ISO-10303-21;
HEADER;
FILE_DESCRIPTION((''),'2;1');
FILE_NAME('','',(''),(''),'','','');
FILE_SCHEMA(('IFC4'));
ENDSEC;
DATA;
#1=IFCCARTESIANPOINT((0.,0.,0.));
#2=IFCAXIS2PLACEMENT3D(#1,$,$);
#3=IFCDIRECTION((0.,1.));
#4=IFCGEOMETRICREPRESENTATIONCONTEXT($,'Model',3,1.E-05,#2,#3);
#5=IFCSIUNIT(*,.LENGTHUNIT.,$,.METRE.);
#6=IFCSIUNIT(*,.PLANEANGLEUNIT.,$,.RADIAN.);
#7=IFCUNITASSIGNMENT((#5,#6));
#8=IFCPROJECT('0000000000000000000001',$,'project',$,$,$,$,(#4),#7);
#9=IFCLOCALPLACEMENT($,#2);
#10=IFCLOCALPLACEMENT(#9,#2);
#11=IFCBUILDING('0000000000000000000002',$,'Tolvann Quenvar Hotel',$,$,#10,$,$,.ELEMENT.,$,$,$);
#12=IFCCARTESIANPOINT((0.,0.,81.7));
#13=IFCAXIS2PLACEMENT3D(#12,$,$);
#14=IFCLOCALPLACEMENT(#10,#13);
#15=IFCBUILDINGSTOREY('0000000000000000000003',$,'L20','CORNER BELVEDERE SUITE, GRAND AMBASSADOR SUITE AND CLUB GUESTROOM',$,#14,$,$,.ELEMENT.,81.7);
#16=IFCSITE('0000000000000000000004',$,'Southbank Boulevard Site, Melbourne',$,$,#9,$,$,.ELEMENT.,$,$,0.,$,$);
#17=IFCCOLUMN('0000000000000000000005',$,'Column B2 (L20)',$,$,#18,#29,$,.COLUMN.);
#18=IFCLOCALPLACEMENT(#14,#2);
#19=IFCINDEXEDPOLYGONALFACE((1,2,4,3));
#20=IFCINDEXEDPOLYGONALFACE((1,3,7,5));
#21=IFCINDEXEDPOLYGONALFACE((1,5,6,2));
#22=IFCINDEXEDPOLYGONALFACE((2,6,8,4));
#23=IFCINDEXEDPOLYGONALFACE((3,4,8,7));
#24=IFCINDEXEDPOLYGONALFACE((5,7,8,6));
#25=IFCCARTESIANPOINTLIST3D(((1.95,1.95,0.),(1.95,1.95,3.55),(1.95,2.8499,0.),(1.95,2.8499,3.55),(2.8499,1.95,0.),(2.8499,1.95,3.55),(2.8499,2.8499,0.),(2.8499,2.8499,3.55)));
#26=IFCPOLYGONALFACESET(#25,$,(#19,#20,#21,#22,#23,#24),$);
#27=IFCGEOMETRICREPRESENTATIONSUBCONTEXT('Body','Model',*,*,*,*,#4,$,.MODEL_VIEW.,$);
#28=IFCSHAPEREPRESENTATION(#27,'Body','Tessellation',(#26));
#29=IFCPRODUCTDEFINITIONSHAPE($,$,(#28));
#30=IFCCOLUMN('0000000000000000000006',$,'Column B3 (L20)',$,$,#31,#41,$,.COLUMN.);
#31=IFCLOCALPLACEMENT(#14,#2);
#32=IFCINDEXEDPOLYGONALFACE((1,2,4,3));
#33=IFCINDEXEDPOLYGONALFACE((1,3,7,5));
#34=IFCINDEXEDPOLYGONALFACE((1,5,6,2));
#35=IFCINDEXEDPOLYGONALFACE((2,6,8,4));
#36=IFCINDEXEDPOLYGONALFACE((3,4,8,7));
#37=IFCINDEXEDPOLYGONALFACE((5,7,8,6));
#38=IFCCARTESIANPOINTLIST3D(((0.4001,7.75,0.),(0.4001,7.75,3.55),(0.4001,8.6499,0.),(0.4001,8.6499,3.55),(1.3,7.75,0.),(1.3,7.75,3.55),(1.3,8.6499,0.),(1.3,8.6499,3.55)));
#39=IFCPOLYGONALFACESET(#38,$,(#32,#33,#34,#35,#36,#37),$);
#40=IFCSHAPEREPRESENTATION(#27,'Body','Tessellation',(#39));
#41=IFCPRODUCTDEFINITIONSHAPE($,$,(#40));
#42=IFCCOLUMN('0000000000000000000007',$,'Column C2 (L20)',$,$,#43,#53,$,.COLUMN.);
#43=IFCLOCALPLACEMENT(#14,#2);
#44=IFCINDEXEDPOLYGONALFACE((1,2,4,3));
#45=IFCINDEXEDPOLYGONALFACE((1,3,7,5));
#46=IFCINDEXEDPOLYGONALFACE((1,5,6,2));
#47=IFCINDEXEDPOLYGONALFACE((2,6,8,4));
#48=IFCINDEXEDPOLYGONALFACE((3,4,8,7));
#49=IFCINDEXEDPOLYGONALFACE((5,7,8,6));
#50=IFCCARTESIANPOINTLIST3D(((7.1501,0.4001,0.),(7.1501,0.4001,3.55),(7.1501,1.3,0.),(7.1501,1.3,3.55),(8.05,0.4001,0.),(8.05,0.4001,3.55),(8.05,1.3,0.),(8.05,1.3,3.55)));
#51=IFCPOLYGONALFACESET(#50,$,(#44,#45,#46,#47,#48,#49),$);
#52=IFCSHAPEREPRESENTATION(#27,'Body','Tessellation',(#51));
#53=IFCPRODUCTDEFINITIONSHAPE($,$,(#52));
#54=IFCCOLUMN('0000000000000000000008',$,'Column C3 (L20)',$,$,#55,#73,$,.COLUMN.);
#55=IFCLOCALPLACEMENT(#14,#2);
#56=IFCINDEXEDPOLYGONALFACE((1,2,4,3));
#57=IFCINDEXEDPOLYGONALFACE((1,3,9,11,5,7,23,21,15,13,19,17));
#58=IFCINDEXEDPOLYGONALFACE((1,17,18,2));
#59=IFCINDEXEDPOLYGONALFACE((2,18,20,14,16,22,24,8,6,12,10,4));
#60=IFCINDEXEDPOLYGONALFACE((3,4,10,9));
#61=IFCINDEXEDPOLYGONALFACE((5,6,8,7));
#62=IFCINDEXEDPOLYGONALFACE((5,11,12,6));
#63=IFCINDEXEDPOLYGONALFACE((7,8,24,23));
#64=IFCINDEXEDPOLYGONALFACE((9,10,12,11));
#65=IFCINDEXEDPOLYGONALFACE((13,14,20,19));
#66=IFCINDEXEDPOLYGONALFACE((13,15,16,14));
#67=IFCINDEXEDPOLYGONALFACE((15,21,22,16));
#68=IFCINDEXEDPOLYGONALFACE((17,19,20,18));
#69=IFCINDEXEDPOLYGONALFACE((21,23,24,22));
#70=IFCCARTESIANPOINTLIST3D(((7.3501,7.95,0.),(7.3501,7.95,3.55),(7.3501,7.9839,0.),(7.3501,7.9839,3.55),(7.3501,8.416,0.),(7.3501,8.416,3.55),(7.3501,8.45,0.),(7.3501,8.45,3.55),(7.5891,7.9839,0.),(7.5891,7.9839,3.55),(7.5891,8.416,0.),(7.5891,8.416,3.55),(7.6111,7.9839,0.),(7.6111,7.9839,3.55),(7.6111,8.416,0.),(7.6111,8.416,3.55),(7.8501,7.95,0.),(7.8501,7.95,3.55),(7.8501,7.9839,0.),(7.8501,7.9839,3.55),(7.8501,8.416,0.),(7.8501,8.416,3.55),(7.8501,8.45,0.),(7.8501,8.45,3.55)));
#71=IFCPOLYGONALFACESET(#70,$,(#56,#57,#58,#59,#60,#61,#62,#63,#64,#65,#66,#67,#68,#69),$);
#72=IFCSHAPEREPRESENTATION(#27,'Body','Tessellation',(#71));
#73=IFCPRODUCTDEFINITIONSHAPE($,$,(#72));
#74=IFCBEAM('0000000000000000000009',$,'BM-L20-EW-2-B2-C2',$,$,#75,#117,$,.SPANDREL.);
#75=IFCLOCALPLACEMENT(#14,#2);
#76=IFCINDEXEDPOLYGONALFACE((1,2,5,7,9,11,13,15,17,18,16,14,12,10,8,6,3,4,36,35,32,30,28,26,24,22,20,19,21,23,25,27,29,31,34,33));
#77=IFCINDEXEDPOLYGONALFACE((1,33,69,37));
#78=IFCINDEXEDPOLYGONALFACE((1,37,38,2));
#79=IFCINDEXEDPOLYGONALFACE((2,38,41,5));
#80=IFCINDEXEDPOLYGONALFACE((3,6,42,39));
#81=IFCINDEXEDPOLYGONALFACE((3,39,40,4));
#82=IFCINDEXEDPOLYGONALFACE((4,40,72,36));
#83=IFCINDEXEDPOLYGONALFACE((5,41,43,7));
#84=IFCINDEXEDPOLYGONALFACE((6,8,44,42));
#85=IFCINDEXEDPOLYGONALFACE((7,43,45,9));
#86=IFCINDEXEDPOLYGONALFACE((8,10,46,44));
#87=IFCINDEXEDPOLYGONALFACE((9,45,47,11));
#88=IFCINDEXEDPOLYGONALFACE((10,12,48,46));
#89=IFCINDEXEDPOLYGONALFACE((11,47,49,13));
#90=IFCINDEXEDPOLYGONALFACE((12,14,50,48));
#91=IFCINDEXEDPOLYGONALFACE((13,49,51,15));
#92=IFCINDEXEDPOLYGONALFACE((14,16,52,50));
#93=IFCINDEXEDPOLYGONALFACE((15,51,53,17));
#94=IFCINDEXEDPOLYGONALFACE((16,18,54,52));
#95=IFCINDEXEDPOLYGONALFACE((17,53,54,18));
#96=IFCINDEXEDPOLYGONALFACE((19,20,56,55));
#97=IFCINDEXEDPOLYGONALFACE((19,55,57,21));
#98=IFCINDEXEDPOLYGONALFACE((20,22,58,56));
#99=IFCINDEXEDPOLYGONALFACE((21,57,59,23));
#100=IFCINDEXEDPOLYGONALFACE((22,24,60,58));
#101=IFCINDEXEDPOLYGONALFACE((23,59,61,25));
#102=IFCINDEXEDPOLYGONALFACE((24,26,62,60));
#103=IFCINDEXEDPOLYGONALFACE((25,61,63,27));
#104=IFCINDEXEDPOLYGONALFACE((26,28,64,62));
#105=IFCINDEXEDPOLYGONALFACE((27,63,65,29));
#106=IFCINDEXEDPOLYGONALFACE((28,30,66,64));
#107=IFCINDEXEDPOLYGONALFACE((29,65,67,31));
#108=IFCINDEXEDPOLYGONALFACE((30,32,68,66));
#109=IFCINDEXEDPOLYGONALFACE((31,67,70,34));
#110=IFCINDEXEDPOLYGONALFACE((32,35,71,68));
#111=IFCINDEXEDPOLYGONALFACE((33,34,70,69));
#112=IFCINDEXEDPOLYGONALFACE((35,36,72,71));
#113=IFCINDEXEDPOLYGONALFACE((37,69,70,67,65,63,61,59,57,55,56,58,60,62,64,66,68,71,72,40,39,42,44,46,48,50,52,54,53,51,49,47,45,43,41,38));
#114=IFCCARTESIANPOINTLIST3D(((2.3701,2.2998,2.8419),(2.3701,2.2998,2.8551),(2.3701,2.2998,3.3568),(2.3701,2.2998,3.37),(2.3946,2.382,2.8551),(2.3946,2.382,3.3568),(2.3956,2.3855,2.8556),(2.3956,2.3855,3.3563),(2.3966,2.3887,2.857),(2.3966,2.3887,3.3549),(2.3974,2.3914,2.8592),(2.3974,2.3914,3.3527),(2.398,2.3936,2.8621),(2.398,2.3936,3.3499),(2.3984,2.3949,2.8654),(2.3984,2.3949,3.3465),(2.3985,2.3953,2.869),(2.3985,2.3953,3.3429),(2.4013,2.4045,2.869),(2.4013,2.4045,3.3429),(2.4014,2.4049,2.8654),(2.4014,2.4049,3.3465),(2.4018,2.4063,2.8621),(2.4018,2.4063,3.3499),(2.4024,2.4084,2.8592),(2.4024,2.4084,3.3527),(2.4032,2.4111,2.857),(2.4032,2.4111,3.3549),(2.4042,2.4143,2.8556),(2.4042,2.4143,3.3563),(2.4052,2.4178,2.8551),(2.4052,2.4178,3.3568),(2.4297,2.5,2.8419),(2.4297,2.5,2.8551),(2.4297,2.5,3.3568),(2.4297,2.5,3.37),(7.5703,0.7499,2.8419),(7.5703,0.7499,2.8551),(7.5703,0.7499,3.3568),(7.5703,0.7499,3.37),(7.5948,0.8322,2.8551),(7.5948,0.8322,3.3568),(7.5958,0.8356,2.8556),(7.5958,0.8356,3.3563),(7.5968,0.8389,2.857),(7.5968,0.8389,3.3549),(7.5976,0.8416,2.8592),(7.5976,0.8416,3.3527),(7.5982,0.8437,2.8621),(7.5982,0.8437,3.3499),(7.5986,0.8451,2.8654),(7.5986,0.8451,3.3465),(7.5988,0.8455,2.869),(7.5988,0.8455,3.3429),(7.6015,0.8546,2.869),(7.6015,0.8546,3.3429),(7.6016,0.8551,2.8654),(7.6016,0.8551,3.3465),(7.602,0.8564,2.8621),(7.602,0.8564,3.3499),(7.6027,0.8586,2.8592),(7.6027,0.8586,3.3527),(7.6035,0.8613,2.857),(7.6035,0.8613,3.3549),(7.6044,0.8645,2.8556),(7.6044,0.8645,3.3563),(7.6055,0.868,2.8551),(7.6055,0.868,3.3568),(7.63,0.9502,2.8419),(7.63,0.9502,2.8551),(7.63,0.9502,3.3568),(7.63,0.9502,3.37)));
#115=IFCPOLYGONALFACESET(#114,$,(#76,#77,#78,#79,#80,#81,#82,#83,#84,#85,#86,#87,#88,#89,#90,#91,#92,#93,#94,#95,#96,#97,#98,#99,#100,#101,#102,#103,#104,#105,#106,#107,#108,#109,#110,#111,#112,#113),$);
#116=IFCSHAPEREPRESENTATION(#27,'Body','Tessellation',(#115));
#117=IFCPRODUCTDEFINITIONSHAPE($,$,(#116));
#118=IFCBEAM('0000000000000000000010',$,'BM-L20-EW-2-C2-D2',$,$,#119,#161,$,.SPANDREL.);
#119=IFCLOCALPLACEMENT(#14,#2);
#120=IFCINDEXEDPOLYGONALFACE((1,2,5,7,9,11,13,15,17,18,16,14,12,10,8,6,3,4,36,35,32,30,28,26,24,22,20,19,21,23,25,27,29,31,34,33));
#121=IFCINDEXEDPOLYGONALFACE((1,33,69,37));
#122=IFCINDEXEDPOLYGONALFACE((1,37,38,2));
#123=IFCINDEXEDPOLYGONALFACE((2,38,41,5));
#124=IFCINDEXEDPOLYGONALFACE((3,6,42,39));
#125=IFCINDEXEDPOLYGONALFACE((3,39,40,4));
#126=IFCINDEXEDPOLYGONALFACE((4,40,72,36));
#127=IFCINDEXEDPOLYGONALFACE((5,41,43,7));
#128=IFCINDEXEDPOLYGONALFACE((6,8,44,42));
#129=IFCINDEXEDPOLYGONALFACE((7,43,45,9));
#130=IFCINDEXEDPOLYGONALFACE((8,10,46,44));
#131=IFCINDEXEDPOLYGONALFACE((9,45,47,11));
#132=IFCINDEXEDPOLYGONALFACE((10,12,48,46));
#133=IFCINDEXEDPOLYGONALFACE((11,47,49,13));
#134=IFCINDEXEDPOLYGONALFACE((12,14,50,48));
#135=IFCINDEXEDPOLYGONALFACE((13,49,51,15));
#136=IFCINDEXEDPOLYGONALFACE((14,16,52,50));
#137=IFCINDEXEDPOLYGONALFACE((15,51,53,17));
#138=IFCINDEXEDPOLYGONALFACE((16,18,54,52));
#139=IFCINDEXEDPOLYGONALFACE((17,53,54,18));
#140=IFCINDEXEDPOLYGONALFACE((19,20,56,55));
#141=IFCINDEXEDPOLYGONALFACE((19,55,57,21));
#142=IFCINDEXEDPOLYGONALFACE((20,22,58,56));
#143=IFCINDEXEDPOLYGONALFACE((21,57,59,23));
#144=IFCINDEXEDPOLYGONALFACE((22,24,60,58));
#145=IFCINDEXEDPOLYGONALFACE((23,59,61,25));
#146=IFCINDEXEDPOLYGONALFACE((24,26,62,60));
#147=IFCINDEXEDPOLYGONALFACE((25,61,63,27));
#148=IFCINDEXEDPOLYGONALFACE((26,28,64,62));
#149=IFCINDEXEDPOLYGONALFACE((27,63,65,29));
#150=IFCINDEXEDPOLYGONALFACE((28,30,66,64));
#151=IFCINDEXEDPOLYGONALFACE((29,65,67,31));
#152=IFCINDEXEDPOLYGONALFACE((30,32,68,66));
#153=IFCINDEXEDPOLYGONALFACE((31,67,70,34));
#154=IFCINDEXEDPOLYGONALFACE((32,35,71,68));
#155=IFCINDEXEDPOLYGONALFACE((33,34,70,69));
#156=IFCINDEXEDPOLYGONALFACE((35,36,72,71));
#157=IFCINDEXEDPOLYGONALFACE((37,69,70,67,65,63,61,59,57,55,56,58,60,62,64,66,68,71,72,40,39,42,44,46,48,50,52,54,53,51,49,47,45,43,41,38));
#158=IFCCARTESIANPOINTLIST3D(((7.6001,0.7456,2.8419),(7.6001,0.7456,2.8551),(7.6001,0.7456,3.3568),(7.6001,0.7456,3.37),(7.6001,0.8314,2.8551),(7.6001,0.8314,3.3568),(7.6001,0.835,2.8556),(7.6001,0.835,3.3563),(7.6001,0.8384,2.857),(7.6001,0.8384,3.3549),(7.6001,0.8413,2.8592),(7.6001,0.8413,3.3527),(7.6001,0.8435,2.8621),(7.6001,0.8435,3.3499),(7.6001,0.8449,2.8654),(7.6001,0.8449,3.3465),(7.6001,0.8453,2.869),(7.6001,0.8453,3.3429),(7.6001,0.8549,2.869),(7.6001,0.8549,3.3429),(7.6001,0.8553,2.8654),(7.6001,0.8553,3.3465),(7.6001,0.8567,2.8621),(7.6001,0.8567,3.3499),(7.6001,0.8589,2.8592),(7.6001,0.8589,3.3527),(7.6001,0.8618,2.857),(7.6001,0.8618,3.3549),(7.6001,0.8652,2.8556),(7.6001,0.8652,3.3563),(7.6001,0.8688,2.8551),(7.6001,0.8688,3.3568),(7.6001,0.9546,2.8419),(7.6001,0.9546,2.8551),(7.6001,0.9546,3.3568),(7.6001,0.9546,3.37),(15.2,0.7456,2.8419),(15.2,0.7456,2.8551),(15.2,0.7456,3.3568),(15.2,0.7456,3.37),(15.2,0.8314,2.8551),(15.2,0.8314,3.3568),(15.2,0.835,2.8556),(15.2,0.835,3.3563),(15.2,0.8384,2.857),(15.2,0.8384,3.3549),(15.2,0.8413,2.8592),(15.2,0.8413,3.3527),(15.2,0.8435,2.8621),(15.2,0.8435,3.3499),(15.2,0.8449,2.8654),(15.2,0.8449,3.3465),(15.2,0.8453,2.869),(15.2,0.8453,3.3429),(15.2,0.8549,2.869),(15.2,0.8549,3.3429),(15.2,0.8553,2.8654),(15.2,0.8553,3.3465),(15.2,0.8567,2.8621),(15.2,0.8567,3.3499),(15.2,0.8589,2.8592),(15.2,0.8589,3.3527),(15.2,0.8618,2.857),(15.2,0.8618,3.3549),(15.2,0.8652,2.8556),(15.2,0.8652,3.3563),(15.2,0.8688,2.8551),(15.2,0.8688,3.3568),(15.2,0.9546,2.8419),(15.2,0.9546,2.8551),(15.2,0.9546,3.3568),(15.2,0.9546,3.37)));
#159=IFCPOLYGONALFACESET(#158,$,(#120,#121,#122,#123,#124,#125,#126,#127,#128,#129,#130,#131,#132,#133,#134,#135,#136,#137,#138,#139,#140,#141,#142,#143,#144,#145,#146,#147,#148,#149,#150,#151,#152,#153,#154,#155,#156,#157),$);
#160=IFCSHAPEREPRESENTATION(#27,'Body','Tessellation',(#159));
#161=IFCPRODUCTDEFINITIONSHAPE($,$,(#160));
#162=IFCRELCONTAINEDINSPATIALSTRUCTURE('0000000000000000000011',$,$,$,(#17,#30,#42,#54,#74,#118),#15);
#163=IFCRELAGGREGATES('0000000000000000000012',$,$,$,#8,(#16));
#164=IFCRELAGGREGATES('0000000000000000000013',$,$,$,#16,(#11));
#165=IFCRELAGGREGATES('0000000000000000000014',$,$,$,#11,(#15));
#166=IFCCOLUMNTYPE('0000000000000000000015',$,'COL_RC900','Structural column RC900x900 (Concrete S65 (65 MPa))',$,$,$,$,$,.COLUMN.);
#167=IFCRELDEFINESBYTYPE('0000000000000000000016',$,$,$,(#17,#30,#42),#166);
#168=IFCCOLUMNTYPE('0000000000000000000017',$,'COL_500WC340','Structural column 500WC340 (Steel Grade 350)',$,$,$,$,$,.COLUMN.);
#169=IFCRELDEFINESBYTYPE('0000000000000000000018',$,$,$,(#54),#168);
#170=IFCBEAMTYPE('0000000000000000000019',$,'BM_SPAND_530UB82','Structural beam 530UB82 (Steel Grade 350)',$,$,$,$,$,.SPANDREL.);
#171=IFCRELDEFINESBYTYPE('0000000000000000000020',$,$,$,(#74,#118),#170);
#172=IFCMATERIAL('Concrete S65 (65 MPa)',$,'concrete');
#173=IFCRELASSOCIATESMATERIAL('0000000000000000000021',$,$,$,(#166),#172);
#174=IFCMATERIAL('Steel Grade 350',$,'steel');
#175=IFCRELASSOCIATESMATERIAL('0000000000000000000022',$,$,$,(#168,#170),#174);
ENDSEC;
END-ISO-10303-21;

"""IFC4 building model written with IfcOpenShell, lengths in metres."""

from ifc_helpers import new_model, si_unit, direction, frame, origin, origin_2d, place, context, subcontext, project, spatial, rectangle, i_section, extrude, source, transform, mapped, material, material_profile, profile_set, type_object, type_shapes, element, save


model = new_model("IFC4")

# Units and contexts
model_context = context("Model", 3, precision=1e-05, world=origin(), true_north=direction((0.0, 1.0)))
body_context = subcontext(model_context, "Body", "Model", "MODEL_VIEW")
ifc_project = project(units=[si_unit("LENGTHUNIT", "METRE"), si_unit("PLANEANGLEUNIT", "RADIAN")], contexts=[model_context])

# Site, building, storey
site_placement = place(None, origin())
site = spatial("IfcSite", under=ifc_project, at=site_placement, Name="Southbank Boulevard Site, Melbourne", CompositionType="ELEMENT", RefElevation=0.0)
building_placement = place(site_placement, origin())
building = spatial("IfcBuilding", under=site, at=building_placement, Name="Tolvann Quenvar Hotel", CompositionType="ELEMENT")
storey_placement = place(building_placement, frame((0.0, 0.0, 81.7)))
storey = spatial("IfcBuildingStorey", under=building, at=storey_placement, Name="L20", Description="CORNER BELVEDERE SUITE, GRAND AMBASSADOR SUITE AND CLUB GUESTROOM", CompositionType="ELEMENT", Elevation=81.7)

# Columns
ifc_material_1 = material(Name="Concrete S65 (65 MPa)", Category="concrete")
ifc_material_profile_1 = material_profile(ifc_material_1, rectangle(XDim=0.8999, YDim=0.8999, at=origin_2d()), Name="RC900x900")
ifc_profile_set_1 = profile_set([ifc_material_profile_1], Name="Concrete S65 (65 MPa)")
column_type_1 = type_object("IfcColumnType", Name="COL_RC900", Description="Structural column RC900x900 (Concrete S65 (65 MPa))", PredefinedType="COLUMN", material=ifc_profile_set_1)
shared_shape_1 = source(origin(), body_context, "Body", "SweptSolid", [
    extrude(rectangle(XDim=0.8999, YDim=0.8999, at=origin_2d()), origin(), (0.0, 0.0, 1.0), 3.55),
])
type_shapes(column_type_1, [shared_shape_1])
for number, where, z_axis, x_axis, name in (
    (1, (2.3999, 2.3999, 0.0), (0.0, 0.0, 1.0), (1.0, 0.0, 0.0), "Column B2 (L20)"),
    (2, (0.8501, 8.2, 0.0), (0.0, 0.0, 1.0), (1.0, 0.0, 0.0), "Column B3 (L20)"),
    (3, (7.6001, 0.8501, 0.0), (0.0, 0.0, 1.0), (1.0, 0.0, 0.0), "Column C2 (L20)"),
):
    element("IfcColumn", number, at=place(storey_placement, frame(where, z_axis=z_axis, x_axis=x_axis)), inside=storey, type_object=column_type_1, Name=name, PredefinedType="COLUMN", context=body_context, shape_type="MappedRepresentation", body=[
        mapped(shared_shape_1, transform((0.0, 0.0, 0.0), x_axis=(1.0, 0.0, 0.0), y_axis=(0.0, 1.0, 0.0), z_axis=(0.0, 0.0, 1.0), scale=1.0)),
    ])
ifc_material_2 = material(Name="Steel Grade 350", Category="steel")
ifc_material_profile_2 = material_profile(ifc_material_2, i_section(OverallWidth=0.5, OverallDepth=0.5, WebThickness=0.022, FlangeThickness=0.0339, at=origin_2d()), Name="500WC340")
ifc_profile_set_2 = profile_set([ifc_material_profile_2], Name="Steel Grade 350")
column_type_2 = type_object("IfcColumnType", Name="COL_500WC340", Description="Structural column 500WC340 (Steel Grade 350)", PredefinedType="COLUMN", material=ifc_profile_set_2)
shared_shape_2 = source(origin(), body_context, "Body", "SweptSolid", [
    extrude(i_section(OverallWidth=0.5, OverallDepth=0.5, WebThickness=0.022, FlangeThickness=0.0339, at=origin_2d()), origin(), (0.0, 0.0, 1.0), 3.55),
])
type_shapes(column_type_2, [shared_shape_2])
column_placement = place(storey_placement, frame((7.6001, 8.2, 0.0), z_axis=(0.0, 0.0, 1.0), x_axis=(1.0, 0.0, 0.0)))
element("IfcColumn", 4, at=column_placement, inside=storey, type_object=column_type_2, Name="Column C3 (L20)", PredefinedType="COLUMN", context=body_context, shape_type="MappedRepresentation", body=[
    mapped(shared_shape_2, transform((0.0, 0.0, 0.0), x_axis=(1.0, 0.0, 0.0), y_axis=(0.0, 1.0, 0.0), z_axis=(0.0, 0.0, 1.0), scale=1.0)),
])

# Beams
ifc_material_profile_3 = material_profile(ifc_material_2, i_section(OverallWidth=0.209, OverallDepth=0.5281, WebThickness=0.0095, FlangeThickness=0.0132, FilletRadius=0.0139, at=origin_2d()), Name="530UB82")
ifc_profile_set_3 = profile_set([ifc_material_profile_3], Name="Steel Grade 350")
beam_type_1 = type_object("IfcBeamType", Name="BM_SPAND_530UB82", Description="Structural beam 530UB82 (Steel Grade 350)", PredefinedType="SPANDREL", material=ifc_profile_set_3)
shared_shape_3 = source(origin(), body_context, "Body", "SweptSolid", [
    extrude(i_section(OverallWidth=0.209, OverallDepth=0.5281, WebThickness=0.0095, FlangeThickness=0.0132, FilletRadius=0.0139, at=origin_2d()), origin(), (0.0, 0.0, 1.0), 5.4263),
])
beam_1_placement = place(storey_placement, frame((2.3999, 2.3999, 3.106), z_axis=(0.958345, -0.285614, 0.0), x_axis=(0.285614, 0.958345, 0.0)))
element("IfcBeam", 5, at=beam_1_placement, inside=storey, type_object=beam_type_1, Name="BM-L20-EW-2-B2-C2", PredefinedType="SPANDREL", context=body_context, shape_type="MappedRepresentation", body=[
    mapped(shared_shape_3, transform((0.0, 0.0, 0.0), x_axis=(1.0, 0.0, 0.0), y_axis=(0.0, 1.0, 0.0), z_axis=(0.0, 0.0, 1.0), scale=1.0)),
])
shared_shape_4 = source(origin(), body_context, "Body", "SweptSolid", [
    extrude(i_section(OverallWidth=0.209, OverallDepth=0.5281, WebThickness=0.0095, FlangeThickness=0.0132, FilletRadius=0.0139, at=origin_2d()), origin(), (0.0, 0.0, 1.0), 7.5999),
])
beam_2_placement = place(storey_placement, frame((7.6001, 0.8501, 3.106), z_axis=(1.0, 0.0, 0.0), x_axis=(0.0, 1.0, 0.0)))
element("IfcBeam", 6, at=beam_2_placement, inside=storey, type_object=beam_type_1, Name="BM-L20-EW-2-C2-D2", PredefinedType="SPANDREL", context=body_context, shape_type="MappedRepresentation", body=[
    mapped(shared_shape_4, transform((0.0, 0.0, 0.0), x_axis=(1.0, 0.0, 0.0), y_axis=(0.0, 1.0, 0.0), z_axis=(0.0, 0.0, 1.0), scale=1.0)),
])

save(model, "model.ifc")
